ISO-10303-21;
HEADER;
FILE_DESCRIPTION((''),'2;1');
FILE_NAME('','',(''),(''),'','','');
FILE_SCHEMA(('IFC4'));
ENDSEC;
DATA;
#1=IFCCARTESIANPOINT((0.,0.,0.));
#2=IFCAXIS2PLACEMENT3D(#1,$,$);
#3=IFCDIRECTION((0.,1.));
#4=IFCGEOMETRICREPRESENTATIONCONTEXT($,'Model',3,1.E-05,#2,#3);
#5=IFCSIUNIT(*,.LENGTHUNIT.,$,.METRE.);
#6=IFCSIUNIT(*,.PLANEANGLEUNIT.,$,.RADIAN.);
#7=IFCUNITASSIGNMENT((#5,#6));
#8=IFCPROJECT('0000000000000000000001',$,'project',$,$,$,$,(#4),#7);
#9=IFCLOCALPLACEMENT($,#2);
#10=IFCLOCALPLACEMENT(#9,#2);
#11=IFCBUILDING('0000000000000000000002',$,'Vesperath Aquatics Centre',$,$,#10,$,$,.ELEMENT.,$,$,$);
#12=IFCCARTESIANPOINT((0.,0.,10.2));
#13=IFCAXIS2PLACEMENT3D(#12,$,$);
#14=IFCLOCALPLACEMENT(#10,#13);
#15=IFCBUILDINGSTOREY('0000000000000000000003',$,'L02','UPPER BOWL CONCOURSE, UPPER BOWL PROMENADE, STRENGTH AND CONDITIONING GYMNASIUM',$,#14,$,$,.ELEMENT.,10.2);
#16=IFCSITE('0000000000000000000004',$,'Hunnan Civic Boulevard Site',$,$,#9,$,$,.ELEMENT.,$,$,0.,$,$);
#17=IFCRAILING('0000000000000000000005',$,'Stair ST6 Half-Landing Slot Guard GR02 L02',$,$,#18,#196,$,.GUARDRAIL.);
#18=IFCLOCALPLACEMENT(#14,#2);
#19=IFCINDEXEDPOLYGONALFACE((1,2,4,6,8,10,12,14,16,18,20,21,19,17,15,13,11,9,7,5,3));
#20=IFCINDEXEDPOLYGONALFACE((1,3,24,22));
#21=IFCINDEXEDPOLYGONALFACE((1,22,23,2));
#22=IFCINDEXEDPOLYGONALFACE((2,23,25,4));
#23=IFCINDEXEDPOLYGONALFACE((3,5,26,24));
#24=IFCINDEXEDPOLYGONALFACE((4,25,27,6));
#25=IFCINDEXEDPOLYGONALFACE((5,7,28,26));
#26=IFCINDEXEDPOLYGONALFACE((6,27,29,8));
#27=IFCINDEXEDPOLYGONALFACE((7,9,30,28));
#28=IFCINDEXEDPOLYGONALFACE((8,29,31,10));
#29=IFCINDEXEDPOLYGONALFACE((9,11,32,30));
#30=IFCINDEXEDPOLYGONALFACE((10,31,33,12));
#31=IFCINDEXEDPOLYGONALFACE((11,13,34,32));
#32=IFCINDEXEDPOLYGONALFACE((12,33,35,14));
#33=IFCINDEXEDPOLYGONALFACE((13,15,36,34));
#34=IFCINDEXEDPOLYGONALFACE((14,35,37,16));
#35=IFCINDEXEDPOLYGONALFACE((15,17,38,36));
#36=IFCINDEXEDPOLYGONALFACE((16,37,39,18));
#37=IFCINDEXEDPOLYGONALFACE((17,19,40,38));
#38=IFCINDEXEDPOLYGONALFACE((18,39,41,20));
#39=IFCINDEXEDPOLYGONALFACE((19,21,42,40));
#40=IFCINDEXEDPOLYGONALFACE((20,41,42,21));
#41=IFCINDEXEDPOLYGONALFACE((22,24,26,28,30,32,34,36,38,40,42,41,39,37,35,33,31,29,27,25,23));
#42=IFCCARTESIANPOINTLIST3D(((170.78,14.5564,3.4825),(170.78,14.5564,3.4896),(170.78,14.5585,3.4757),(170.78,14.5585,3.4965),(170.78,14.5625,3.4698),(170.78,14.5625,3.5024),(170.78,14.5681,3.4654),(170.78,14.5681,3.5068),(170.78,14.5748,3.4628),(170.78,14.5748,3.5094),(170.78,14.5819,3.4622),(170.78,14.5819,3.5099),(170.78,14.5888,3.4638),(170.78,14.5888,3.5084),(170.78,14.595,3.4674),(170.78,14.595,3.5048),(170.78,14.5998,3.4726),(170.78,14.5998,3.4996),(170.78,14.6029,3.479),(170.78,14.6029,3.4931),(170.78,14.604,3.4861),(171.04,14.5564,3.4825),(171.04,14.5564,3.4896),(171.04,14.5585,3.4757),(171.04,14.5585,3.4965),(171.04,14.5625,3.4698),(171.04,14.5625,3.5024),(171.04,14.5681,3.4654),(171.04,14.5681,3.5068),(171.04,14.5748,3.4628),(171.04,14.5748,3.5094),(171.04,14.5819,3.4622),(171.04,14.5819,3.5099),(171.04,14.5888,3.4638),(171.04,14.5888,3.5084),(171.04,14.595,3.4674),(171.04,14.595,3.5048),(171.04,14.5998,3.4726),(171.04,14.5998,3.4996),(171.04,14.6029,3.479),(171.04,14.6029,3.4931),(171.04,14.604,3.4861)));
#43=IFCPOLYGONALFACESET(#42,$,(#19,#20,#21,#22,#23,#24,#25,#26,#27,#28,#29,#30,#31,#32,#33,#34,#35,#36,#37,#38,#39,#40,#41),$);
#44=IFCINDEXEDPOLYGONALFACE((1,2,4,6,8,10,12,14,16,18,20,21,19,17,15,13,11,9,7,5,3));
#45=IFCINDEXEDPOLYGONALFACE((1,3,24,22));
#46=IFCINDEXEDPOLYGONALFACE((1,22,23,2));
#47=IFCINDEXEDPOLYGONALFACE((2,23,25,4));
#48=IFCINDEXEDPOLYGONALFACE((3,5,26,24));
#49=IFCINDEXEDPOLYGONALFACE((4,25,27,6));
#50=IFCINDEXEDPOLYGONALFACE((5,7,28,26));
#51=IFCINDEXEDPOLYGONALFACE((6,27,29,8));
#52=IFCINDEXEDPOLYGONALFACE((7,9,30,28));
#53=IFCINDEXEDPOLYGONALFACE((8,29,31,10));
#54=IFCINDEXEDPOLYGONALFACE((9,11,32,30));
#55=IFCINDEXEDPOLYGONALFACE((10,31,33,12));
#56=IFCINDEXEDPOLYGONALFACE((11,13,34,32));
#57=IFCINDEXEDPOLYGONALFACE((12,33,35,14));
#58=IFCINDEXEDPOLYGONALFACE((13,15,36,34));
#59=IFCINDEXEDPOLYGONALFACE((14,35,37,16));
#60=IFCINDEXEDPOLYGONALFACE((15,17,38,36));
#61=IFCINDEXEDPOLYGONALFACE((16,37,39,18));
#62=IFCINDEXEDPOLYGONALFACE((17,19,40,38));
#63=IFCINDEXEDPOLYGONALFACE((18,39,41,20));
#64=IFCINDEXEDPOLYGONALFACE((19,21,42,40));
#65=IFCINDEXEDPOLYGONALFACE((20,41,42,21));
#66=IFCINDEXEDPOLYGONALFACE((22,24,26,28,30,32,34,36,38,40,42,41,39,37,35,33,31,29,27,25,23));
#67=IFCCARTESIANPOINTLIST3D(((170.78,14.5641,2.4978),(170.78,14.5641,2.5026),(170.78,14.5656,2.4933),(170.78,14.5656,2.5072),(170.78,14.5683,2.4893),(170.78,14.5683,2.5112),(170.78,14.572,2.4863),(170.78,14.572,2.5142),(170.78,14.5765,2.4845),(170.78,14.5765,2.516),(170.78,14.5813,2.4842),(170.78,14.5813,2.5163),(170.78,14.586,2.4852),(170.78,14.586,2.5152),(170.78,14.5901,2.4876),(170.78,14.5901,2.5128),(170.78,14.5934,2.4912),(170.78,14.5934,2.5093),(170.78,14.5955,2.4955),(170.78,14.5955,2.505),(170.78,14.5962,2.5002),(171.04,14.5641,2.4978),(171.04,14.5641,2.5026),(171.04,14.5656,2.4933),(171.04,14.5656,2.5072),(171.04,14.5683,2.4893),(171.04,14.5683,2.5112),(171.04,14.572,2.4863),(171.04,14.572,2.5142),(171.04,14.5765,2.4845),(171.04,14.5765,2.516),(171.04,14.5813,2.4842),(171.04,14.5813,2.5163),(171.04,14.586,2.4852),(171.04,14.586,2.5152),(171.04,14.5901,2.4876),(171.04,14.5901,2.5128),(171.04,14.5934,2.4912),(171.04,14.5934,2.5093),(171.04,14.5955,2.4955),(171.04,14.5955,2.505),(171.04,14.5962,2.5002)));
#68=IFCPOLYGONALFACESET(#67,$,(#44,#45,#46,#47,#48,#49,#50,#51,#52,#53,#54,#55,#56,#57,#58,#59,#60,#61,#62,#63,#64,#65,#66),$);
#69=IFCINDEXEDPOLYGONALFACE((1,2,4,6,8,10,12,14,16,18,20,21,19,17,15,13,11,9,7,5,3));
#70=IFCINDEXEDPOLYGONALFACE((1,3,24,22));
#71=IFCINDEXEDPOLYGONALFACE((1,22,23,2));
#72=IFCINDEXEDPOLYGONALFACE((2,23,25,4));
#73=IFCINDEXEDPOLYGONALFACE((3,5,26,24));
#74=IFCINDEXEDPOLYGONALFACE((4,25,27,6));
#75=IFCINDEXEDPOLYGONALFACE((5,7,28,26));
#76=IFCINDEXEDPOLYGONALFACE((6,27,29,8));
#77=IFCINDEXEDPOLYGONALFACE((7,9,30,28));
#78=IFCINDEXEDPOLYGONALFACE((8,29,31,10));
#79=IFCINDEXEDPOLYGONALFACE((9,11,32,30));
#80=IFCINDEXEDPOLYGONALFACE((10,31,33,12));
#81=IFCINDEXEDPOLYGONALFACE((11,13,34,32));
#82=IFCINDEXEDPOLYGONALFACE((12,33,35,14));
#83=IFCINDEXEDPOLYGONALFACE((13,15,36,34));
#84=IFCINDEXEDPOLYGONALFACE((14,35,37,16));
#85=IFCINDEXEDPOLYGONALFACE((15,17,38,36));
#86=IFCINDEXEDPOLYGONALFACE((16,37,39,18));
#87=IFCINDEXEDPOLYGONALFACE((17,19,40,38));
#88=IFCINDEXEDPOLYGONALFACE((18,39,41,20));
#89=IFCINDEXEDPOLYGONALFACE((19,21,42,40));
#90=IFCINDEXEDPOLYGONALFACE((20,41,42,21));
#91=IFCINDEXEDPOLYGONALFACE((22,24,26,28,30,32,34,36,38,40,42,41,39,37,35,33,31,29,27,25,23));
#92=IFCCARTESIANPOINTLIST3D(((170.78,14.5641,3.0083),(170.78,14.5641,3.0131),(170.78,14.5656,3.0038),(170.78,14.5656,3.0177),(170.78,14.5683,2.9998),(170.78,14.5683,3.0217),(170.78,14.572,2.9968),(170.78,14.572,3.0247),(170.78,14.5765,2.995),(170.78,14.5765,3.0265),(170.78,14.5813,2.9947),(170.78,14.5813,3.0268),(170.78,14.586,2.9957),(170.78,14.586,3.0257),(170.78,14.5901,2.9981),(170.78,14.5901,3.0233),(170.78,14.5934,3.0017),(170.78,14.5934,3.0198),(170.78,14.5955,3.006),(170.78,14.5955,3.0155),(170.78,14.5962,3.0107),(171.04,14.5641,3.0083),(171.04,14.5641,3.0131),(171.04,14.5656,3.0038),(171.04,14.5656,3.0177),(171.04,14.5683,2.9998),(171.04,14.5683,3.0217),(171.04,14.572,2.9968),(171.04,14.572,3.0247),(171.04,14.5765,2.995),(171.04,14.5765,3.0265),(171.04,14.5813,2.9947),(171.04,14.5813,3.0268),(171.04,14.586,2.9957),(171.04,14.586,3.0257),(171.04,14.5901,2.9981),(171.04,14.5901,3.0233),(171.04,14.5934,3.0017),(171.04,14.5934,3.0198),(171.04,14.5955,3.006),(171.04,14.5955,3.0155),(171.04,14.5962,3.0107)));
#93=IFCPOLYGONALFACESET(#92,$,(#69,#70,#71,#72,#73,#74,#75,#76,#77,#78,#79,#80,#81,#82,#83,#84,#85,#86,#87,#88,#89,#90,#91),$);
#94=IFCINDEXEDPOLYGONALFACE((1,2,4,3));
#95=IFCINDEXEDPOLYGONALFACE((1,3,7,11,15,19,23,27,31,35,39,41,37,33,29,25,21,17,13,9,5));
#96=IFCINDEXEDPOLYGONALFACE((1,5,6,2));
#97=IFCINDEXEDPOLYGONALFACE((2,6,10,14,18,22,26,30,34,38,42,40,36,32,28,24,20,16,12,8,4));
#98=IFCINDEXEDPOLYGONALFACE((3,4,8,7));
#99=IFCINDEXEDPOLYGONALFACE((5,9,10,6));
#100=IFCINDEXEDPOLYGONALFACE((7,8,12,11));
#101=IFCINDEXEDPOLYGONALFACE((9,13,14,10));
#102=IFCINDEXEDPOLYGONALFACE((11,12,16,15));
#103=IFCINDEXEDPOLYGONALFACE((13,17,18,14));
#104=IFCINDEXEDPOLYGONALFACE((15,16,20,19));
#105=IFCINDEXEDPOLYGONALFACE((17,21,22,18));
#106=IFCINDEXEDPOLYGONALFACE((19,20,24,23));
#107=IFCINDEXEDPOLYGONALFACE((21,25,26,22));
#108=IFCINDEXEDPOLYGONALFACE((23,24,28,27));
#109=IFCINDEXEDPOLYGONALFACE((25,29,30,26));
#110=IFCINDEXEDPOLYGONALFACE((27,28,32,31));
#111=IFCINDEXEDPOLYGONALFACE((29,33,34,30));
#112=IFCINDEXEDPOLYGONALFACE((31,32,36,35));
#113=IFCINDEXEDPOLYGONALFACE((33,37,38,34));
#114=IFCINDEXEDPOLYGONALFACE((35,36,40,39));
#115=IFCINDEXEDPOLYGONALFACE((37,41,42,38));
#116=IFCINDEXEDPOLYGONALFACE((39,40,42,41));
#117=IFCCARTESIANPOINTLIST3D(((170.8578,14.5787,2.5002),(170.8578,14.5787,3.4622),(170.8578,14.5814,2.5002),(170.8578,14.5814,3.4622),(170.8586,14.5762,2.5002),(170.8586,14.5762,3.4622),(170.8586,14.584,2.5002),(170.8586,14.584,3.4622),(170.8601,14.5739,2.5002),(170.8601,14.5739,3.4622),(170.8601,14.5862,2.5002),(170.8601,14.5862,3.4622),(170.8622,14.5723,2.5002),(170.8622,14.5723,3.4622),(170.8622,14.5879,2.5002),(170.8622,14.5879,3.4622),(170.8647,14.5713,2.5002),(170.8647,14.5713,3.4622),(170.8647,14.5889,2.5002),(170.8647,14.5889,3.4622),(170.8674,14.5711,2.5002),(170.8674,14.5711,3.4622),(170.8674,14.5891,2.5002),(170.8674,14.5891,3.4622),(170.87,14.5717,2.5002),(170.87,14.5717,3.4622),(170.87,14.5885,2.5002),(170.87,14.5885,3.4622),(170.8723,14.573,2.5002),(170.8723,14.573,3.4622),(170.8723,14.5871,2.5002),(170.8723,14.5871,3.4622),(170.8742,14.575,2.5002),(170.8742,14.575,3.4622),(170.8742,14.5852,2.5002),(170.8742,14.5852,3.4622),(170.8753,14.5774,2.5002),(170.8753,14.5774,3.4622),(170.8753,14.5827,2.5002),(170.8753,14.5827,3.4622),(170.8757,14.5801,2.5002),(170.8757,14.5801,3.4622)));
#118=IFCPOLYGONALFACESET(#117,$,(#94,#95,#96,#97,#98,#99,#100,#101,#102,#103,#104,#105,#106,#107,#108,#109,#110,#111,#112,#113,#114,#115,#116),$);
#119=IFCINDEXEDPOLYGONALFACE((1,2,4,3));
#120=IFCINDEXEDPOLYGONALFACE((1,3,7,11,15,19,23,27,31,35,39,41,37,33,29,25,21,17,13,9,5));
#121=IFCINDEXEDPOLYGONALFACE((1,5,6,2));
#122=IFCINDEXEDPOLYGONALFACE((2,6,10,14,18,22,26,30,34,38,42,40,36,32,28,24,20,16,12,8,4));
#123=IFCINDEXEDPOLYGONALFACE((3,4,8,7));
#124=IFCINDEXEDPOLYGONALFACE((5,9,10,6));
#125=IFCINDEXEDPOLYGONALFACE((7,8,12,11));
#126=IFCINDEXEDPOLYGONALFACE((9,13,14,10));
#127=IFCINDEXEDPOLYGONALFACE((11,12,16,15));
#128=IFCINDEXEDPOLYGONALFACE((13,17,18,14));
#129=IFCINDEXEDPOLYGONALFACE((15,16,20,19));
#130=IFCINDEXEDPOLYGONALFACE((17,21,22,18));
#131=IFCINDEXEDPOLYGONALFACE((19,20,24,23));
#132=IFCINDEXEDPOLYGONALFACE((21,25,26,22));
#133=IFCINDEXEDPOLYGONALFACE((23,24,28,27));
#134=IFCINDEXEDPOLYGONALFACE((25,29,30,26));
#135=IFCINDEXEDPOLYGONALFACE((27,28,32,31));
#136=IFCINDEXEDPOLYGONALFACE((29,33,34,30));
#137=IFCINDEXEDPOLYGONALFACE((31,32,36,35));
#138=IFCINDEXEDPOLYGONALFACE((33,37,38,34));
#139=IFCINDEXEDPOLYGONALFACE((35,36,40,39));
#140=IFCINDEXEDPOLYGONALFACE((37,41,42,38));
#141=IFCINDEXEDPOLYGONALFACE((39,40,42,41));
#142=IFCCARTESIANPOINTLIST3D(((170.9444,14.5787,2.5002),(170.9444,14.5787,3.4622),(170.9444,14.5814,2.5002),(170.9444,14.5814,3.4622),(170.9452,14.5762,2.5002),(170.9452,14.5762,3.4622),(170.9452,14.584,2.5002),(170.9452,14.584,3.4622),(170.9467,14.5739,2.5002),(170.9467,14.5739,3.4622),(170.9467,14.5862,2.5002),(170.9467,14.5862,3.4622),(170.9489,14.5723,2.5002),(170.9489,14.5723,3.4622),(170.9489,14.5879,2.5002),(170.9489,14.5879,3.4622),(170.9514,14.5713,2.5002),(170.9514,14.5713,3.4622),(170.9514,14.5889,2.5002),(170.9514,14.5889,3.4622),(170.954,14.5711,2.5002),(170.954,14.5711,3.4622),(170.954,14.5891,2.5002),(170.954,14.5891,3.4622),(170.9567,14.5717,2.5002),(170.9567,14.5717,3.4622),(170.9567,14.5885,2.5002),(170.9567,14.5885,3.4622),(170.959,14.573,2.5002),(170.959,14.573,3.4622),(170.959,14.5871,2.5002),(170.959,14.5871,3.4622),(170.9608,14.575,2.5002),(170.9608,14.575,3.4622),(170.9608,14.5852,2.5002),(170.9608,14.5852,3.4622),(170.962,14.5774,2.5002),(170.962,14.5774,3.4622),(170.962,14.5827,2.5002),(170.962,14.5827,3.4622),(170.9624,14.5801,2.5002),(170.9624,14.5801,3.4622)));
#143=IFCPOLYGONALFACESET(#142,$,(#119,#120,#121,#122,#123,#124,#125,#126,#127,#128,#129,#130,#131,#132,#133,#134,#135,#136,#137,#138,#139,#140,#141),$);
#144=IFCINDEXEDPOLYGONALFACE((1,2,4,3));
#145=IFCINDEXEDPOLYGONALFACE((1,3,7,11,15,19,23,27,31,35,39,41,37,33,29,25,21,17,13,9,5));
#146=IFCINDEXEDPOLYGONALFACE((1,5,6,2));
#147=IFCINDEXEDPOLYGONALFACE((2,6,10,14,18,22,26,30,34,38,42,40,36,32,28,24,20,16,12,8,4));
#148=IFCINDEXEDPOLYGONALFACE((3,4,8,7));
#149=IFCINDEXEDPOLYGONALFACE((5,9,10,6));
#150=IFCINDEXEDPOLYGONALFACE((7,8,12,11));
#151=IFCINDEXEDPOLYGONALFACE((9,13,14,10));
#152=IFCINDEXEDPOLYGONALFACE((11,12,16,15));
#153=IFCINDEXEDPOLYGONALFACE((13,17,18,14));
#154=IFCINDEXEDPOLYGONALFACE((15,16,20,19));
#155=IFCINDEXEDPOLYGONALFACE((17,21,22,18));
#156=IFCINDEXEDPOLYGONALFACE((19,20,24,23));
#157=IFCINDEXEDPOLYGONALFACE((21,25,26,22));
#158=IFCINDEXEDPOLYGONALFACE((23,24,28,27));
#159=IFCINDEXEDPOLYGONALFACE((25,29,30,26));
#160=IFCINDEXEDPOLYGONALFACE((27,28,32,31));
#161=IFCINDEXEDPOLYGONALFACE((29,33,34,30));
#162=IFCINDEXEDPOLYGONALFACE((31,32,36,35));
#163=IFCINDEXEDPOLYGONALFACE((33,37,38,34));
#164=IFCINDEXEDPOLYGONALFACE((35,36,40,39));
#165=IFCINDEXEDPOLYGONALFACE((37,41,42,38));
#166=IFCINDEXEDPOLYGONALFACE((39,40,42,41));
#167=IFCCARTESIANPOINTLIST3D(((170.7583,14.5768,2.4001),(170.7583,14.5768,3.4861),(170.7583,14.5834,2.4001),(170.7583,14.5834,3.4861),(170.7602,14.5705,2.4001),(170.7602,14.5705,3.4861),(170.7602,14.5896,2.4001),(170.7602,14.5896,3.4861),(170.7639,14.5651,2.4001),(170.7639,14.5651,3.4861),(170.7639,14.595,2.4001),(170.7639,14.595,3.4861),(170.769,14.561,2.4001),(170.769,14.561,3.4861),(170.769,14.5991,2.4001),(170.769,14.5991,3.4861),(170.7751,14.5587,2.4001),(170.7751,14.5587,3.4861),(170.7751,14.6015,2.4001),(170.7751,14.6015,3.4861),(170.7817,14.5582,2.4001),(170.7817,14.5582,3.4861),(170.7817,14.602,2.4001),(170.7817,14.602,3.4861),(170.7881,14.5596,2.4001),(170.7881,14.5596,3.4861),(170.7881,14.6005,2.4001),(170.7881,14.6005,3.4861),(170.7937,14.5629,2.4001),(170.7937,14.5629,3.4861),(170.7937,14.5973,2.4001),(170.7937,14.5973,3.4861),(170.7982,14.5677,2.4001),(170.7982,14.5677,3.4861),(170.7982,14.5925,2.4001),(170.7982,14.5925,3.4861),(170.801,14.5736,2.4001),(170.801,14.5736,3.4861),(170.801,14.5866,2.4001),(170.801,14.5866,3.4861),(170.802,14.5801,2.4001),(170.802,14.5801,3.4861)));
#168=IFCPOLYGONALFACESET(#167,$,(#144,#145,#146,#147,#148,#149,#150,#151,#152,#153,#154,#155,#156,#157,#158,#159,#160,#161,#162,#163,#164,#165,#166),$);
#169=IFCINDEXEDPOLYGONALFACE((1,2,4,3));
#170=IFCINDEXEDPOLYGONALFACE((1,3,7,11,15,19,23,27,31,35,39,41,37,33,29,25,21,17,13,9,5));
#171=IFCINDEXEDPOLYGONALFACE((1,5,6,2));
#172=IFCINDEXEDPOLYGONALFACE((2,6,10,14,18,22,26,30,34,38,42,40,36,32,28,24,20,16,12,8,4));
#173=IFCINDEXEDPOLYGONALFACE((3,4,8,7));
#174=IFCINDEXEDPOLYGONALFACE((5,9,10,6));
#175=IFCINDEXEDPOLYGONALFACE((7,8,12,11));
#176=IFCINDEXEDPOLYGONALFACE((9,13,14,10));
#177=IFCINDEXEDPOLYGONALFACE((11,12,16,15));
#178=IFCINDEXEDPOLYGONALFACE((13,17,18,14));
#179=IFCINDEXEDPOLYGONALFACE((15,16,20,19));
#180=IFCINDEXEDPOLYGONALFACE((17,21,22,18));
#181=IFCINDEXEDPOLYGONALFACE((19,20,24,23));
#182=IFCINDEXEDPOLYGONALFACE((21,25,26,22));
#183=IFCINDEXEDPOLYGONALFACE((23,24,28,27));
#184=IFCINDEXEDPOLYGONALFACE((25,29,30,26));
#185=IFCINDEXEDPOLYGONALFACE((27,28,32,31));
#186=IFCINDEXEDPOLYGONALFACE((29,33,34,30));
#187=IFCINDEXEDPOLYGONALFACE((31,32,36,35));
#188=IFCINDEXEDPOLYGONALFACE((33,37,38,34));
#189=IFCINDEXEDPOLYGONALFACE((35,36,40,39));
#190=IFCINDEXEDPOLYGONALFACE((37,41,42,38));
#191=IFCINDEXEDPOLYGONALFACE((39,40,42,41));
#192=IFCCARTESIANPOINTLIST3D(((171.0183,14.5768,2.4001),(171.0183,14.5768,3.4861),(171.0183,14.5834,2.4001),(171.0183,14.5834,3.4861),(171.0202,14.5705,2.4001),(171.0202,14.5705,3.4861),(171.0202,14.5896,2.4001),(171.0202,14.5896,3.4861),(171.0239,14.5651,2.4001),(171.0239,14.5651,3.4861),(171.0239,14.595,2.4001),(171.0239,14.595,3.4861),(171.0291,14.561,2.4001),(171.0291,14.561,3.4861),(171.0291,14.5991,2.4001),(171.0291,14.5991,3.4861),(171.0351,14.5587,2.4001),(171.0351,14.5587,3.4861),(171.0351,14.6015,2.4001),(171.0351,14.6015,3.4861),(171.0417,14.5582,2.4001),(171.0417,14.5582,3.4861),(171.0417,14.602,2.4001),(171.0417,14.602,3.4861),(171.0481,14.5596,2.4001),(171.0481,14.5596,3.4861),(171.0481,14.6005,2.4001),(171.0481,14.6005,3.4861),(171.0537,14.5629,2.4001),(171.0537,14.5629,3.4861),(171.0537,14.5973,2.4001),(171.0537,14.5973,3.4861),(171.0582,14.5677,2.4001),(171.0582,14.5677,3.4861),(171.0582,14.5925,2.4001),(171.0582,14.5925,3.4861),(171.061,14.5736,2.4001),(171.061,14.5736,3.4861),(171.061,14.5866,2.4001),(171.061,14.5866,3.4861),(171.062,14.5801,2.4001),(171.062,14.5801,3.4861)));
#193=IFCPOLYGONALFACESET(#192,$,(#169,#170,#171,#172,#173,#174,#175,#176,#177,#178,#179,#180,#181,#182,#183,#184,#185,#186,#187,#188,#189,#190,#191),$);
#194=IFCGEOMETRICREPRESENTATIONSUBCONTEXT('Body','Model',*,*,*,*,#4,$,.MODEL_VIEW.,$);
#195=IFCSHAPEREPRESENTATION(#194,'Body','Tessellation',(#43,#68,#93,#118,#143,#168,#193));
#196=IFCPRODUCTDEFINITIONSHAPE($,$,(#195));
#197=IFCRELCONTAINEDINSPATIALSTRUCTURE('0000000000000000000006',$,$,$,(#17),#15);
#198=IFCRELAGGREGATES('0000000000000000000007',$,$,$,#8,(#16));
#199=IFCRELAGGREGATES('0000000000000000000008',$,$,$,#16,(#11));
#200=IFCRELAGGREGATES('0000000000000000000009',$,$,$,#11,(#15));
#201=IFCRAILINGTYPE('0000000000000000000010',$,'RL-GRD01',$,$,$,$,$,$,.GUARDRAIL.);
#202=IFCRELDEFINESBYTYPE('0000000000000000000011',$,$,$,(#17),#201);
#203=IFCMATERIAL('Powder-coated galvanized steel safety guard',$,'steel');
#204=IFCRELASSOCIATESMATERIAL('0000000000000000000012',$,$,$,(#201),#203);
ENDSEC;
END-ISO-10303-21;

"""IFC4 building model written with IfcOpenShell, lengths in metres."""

from ifc_helpers import new_model, si_unit, direction, frame, origin, origin_2d, place, context, subcontext, project, spatial, circle, extrude, material, type_object, element, save


model = new_model("IFC4")

# Units and contexts
model_context = context("Model", 3, precision=1e-05, world=origin(), true_north=direction((0.0, 1.0)))
body_context = subcontext(model_context, "Body", "Model", "MODEL_VIEW")
ifc_project = project(units=[si_unit("LENGTHUNIT", "METRE"), si_unit("PLANEANGLEUNIT", "RADIAN")], contexts=[model_context])

# Site, building, storey
site_placement = place(None, origin())
site = spatial("IfcSite", under=ifc_project, at=site_placement, Name="Hunnan Civic Boulevard Site", CompositionType="ELEMENT", RefElevation=0.0)
building_placement = place(site_placement, origin())
building = spatial("IfcBuilding", under=site, at=building_placement, Name="Vesperath Aquatics Centre", CompositionType="ELEMENT")
storey_placement = place(building_placement, frame((0.0, 0.0, 10.2)))
storey = spatial("IfcBuildingStorey", under=building, at=storey_placement, Name="L02", Description="UPPER BOWL CONCOURSE, UPPER BOWL PROMENADE, STRENGTH AND CONDITIONING GYMNASIUM", CompositionType="ELEMENT", Elevation=10.2)

# Railing
ifc_material_1 = material(Name="Powder-coated galvanized steel safety guard", Category="steel")
railing_type_1 = type_object("IfcRailingType", Name="RL-GRD01", PredefinedType="GUARDRAIL", material=ifc_material_1)
railing_1_placement = place(storey_placement, frame((170.78, 14.5801, 2.4001)))
element("IfcRailing", 1, at=railing_1_placement, inside=storey, type_object=railing_type_1, Name="Stair ST6 Half-Landing Slot Guard GR02 L02", PredefinedType="GUARDRAIL", context=body_context, shape_type="SweptSolid", body=[
    extrude(circle(Radius=0.0239, at=origin_2d()), frame((0.0, 0.0, 1.0859), z_axis=(1.0, 0.0, 0.0), x_axis=(0.0, 1.0, 0.0)), (0.0, 0.0, 1.0), 0.26),
    extrude(circle(Radius=0.0161, at=origin_2d()), frame((0.0, 0.0, 0.1001), z_axis=(1.0, 0.0, 0.0), x_axis=(0.0, 1.0, 0.0)), (0.0, 0.0, 1.0), 0.26),
    extrude(circle(Radius=0.0161, at=origin_2d()), frame((0.0, 0.0, 0.6106), z_axis=(1.0, 0.0, 0.0), x_axis=(0.0, 1.0, 0.0)), (0.0, 0.0, 1.0), 0.26),
    extrude(circle(Radius=0.009, at=origin_2d()), frame((0.0867, 0.0, 0.1001)), (0.0, 0.0, 1.0), 0.9619),
    extrude(circle(Radius=0.009, at=origin_2d()), frame((0.1733, 0.0, 0.1001)), (0.0, 0.0, 1.0), 0.9619),
    extrude(circle(Radius=0.022, at=origin_2d()), origin(), (0.0, 0.0, 1.0), 1.0859),
    extrude(circle(Radius=0.022, at=origin_2d()), frame((0.26, 0.0, 0.0)), (0.0, 0.0, 1.0), 1.0859),
])

save(model, "model.ifc")
